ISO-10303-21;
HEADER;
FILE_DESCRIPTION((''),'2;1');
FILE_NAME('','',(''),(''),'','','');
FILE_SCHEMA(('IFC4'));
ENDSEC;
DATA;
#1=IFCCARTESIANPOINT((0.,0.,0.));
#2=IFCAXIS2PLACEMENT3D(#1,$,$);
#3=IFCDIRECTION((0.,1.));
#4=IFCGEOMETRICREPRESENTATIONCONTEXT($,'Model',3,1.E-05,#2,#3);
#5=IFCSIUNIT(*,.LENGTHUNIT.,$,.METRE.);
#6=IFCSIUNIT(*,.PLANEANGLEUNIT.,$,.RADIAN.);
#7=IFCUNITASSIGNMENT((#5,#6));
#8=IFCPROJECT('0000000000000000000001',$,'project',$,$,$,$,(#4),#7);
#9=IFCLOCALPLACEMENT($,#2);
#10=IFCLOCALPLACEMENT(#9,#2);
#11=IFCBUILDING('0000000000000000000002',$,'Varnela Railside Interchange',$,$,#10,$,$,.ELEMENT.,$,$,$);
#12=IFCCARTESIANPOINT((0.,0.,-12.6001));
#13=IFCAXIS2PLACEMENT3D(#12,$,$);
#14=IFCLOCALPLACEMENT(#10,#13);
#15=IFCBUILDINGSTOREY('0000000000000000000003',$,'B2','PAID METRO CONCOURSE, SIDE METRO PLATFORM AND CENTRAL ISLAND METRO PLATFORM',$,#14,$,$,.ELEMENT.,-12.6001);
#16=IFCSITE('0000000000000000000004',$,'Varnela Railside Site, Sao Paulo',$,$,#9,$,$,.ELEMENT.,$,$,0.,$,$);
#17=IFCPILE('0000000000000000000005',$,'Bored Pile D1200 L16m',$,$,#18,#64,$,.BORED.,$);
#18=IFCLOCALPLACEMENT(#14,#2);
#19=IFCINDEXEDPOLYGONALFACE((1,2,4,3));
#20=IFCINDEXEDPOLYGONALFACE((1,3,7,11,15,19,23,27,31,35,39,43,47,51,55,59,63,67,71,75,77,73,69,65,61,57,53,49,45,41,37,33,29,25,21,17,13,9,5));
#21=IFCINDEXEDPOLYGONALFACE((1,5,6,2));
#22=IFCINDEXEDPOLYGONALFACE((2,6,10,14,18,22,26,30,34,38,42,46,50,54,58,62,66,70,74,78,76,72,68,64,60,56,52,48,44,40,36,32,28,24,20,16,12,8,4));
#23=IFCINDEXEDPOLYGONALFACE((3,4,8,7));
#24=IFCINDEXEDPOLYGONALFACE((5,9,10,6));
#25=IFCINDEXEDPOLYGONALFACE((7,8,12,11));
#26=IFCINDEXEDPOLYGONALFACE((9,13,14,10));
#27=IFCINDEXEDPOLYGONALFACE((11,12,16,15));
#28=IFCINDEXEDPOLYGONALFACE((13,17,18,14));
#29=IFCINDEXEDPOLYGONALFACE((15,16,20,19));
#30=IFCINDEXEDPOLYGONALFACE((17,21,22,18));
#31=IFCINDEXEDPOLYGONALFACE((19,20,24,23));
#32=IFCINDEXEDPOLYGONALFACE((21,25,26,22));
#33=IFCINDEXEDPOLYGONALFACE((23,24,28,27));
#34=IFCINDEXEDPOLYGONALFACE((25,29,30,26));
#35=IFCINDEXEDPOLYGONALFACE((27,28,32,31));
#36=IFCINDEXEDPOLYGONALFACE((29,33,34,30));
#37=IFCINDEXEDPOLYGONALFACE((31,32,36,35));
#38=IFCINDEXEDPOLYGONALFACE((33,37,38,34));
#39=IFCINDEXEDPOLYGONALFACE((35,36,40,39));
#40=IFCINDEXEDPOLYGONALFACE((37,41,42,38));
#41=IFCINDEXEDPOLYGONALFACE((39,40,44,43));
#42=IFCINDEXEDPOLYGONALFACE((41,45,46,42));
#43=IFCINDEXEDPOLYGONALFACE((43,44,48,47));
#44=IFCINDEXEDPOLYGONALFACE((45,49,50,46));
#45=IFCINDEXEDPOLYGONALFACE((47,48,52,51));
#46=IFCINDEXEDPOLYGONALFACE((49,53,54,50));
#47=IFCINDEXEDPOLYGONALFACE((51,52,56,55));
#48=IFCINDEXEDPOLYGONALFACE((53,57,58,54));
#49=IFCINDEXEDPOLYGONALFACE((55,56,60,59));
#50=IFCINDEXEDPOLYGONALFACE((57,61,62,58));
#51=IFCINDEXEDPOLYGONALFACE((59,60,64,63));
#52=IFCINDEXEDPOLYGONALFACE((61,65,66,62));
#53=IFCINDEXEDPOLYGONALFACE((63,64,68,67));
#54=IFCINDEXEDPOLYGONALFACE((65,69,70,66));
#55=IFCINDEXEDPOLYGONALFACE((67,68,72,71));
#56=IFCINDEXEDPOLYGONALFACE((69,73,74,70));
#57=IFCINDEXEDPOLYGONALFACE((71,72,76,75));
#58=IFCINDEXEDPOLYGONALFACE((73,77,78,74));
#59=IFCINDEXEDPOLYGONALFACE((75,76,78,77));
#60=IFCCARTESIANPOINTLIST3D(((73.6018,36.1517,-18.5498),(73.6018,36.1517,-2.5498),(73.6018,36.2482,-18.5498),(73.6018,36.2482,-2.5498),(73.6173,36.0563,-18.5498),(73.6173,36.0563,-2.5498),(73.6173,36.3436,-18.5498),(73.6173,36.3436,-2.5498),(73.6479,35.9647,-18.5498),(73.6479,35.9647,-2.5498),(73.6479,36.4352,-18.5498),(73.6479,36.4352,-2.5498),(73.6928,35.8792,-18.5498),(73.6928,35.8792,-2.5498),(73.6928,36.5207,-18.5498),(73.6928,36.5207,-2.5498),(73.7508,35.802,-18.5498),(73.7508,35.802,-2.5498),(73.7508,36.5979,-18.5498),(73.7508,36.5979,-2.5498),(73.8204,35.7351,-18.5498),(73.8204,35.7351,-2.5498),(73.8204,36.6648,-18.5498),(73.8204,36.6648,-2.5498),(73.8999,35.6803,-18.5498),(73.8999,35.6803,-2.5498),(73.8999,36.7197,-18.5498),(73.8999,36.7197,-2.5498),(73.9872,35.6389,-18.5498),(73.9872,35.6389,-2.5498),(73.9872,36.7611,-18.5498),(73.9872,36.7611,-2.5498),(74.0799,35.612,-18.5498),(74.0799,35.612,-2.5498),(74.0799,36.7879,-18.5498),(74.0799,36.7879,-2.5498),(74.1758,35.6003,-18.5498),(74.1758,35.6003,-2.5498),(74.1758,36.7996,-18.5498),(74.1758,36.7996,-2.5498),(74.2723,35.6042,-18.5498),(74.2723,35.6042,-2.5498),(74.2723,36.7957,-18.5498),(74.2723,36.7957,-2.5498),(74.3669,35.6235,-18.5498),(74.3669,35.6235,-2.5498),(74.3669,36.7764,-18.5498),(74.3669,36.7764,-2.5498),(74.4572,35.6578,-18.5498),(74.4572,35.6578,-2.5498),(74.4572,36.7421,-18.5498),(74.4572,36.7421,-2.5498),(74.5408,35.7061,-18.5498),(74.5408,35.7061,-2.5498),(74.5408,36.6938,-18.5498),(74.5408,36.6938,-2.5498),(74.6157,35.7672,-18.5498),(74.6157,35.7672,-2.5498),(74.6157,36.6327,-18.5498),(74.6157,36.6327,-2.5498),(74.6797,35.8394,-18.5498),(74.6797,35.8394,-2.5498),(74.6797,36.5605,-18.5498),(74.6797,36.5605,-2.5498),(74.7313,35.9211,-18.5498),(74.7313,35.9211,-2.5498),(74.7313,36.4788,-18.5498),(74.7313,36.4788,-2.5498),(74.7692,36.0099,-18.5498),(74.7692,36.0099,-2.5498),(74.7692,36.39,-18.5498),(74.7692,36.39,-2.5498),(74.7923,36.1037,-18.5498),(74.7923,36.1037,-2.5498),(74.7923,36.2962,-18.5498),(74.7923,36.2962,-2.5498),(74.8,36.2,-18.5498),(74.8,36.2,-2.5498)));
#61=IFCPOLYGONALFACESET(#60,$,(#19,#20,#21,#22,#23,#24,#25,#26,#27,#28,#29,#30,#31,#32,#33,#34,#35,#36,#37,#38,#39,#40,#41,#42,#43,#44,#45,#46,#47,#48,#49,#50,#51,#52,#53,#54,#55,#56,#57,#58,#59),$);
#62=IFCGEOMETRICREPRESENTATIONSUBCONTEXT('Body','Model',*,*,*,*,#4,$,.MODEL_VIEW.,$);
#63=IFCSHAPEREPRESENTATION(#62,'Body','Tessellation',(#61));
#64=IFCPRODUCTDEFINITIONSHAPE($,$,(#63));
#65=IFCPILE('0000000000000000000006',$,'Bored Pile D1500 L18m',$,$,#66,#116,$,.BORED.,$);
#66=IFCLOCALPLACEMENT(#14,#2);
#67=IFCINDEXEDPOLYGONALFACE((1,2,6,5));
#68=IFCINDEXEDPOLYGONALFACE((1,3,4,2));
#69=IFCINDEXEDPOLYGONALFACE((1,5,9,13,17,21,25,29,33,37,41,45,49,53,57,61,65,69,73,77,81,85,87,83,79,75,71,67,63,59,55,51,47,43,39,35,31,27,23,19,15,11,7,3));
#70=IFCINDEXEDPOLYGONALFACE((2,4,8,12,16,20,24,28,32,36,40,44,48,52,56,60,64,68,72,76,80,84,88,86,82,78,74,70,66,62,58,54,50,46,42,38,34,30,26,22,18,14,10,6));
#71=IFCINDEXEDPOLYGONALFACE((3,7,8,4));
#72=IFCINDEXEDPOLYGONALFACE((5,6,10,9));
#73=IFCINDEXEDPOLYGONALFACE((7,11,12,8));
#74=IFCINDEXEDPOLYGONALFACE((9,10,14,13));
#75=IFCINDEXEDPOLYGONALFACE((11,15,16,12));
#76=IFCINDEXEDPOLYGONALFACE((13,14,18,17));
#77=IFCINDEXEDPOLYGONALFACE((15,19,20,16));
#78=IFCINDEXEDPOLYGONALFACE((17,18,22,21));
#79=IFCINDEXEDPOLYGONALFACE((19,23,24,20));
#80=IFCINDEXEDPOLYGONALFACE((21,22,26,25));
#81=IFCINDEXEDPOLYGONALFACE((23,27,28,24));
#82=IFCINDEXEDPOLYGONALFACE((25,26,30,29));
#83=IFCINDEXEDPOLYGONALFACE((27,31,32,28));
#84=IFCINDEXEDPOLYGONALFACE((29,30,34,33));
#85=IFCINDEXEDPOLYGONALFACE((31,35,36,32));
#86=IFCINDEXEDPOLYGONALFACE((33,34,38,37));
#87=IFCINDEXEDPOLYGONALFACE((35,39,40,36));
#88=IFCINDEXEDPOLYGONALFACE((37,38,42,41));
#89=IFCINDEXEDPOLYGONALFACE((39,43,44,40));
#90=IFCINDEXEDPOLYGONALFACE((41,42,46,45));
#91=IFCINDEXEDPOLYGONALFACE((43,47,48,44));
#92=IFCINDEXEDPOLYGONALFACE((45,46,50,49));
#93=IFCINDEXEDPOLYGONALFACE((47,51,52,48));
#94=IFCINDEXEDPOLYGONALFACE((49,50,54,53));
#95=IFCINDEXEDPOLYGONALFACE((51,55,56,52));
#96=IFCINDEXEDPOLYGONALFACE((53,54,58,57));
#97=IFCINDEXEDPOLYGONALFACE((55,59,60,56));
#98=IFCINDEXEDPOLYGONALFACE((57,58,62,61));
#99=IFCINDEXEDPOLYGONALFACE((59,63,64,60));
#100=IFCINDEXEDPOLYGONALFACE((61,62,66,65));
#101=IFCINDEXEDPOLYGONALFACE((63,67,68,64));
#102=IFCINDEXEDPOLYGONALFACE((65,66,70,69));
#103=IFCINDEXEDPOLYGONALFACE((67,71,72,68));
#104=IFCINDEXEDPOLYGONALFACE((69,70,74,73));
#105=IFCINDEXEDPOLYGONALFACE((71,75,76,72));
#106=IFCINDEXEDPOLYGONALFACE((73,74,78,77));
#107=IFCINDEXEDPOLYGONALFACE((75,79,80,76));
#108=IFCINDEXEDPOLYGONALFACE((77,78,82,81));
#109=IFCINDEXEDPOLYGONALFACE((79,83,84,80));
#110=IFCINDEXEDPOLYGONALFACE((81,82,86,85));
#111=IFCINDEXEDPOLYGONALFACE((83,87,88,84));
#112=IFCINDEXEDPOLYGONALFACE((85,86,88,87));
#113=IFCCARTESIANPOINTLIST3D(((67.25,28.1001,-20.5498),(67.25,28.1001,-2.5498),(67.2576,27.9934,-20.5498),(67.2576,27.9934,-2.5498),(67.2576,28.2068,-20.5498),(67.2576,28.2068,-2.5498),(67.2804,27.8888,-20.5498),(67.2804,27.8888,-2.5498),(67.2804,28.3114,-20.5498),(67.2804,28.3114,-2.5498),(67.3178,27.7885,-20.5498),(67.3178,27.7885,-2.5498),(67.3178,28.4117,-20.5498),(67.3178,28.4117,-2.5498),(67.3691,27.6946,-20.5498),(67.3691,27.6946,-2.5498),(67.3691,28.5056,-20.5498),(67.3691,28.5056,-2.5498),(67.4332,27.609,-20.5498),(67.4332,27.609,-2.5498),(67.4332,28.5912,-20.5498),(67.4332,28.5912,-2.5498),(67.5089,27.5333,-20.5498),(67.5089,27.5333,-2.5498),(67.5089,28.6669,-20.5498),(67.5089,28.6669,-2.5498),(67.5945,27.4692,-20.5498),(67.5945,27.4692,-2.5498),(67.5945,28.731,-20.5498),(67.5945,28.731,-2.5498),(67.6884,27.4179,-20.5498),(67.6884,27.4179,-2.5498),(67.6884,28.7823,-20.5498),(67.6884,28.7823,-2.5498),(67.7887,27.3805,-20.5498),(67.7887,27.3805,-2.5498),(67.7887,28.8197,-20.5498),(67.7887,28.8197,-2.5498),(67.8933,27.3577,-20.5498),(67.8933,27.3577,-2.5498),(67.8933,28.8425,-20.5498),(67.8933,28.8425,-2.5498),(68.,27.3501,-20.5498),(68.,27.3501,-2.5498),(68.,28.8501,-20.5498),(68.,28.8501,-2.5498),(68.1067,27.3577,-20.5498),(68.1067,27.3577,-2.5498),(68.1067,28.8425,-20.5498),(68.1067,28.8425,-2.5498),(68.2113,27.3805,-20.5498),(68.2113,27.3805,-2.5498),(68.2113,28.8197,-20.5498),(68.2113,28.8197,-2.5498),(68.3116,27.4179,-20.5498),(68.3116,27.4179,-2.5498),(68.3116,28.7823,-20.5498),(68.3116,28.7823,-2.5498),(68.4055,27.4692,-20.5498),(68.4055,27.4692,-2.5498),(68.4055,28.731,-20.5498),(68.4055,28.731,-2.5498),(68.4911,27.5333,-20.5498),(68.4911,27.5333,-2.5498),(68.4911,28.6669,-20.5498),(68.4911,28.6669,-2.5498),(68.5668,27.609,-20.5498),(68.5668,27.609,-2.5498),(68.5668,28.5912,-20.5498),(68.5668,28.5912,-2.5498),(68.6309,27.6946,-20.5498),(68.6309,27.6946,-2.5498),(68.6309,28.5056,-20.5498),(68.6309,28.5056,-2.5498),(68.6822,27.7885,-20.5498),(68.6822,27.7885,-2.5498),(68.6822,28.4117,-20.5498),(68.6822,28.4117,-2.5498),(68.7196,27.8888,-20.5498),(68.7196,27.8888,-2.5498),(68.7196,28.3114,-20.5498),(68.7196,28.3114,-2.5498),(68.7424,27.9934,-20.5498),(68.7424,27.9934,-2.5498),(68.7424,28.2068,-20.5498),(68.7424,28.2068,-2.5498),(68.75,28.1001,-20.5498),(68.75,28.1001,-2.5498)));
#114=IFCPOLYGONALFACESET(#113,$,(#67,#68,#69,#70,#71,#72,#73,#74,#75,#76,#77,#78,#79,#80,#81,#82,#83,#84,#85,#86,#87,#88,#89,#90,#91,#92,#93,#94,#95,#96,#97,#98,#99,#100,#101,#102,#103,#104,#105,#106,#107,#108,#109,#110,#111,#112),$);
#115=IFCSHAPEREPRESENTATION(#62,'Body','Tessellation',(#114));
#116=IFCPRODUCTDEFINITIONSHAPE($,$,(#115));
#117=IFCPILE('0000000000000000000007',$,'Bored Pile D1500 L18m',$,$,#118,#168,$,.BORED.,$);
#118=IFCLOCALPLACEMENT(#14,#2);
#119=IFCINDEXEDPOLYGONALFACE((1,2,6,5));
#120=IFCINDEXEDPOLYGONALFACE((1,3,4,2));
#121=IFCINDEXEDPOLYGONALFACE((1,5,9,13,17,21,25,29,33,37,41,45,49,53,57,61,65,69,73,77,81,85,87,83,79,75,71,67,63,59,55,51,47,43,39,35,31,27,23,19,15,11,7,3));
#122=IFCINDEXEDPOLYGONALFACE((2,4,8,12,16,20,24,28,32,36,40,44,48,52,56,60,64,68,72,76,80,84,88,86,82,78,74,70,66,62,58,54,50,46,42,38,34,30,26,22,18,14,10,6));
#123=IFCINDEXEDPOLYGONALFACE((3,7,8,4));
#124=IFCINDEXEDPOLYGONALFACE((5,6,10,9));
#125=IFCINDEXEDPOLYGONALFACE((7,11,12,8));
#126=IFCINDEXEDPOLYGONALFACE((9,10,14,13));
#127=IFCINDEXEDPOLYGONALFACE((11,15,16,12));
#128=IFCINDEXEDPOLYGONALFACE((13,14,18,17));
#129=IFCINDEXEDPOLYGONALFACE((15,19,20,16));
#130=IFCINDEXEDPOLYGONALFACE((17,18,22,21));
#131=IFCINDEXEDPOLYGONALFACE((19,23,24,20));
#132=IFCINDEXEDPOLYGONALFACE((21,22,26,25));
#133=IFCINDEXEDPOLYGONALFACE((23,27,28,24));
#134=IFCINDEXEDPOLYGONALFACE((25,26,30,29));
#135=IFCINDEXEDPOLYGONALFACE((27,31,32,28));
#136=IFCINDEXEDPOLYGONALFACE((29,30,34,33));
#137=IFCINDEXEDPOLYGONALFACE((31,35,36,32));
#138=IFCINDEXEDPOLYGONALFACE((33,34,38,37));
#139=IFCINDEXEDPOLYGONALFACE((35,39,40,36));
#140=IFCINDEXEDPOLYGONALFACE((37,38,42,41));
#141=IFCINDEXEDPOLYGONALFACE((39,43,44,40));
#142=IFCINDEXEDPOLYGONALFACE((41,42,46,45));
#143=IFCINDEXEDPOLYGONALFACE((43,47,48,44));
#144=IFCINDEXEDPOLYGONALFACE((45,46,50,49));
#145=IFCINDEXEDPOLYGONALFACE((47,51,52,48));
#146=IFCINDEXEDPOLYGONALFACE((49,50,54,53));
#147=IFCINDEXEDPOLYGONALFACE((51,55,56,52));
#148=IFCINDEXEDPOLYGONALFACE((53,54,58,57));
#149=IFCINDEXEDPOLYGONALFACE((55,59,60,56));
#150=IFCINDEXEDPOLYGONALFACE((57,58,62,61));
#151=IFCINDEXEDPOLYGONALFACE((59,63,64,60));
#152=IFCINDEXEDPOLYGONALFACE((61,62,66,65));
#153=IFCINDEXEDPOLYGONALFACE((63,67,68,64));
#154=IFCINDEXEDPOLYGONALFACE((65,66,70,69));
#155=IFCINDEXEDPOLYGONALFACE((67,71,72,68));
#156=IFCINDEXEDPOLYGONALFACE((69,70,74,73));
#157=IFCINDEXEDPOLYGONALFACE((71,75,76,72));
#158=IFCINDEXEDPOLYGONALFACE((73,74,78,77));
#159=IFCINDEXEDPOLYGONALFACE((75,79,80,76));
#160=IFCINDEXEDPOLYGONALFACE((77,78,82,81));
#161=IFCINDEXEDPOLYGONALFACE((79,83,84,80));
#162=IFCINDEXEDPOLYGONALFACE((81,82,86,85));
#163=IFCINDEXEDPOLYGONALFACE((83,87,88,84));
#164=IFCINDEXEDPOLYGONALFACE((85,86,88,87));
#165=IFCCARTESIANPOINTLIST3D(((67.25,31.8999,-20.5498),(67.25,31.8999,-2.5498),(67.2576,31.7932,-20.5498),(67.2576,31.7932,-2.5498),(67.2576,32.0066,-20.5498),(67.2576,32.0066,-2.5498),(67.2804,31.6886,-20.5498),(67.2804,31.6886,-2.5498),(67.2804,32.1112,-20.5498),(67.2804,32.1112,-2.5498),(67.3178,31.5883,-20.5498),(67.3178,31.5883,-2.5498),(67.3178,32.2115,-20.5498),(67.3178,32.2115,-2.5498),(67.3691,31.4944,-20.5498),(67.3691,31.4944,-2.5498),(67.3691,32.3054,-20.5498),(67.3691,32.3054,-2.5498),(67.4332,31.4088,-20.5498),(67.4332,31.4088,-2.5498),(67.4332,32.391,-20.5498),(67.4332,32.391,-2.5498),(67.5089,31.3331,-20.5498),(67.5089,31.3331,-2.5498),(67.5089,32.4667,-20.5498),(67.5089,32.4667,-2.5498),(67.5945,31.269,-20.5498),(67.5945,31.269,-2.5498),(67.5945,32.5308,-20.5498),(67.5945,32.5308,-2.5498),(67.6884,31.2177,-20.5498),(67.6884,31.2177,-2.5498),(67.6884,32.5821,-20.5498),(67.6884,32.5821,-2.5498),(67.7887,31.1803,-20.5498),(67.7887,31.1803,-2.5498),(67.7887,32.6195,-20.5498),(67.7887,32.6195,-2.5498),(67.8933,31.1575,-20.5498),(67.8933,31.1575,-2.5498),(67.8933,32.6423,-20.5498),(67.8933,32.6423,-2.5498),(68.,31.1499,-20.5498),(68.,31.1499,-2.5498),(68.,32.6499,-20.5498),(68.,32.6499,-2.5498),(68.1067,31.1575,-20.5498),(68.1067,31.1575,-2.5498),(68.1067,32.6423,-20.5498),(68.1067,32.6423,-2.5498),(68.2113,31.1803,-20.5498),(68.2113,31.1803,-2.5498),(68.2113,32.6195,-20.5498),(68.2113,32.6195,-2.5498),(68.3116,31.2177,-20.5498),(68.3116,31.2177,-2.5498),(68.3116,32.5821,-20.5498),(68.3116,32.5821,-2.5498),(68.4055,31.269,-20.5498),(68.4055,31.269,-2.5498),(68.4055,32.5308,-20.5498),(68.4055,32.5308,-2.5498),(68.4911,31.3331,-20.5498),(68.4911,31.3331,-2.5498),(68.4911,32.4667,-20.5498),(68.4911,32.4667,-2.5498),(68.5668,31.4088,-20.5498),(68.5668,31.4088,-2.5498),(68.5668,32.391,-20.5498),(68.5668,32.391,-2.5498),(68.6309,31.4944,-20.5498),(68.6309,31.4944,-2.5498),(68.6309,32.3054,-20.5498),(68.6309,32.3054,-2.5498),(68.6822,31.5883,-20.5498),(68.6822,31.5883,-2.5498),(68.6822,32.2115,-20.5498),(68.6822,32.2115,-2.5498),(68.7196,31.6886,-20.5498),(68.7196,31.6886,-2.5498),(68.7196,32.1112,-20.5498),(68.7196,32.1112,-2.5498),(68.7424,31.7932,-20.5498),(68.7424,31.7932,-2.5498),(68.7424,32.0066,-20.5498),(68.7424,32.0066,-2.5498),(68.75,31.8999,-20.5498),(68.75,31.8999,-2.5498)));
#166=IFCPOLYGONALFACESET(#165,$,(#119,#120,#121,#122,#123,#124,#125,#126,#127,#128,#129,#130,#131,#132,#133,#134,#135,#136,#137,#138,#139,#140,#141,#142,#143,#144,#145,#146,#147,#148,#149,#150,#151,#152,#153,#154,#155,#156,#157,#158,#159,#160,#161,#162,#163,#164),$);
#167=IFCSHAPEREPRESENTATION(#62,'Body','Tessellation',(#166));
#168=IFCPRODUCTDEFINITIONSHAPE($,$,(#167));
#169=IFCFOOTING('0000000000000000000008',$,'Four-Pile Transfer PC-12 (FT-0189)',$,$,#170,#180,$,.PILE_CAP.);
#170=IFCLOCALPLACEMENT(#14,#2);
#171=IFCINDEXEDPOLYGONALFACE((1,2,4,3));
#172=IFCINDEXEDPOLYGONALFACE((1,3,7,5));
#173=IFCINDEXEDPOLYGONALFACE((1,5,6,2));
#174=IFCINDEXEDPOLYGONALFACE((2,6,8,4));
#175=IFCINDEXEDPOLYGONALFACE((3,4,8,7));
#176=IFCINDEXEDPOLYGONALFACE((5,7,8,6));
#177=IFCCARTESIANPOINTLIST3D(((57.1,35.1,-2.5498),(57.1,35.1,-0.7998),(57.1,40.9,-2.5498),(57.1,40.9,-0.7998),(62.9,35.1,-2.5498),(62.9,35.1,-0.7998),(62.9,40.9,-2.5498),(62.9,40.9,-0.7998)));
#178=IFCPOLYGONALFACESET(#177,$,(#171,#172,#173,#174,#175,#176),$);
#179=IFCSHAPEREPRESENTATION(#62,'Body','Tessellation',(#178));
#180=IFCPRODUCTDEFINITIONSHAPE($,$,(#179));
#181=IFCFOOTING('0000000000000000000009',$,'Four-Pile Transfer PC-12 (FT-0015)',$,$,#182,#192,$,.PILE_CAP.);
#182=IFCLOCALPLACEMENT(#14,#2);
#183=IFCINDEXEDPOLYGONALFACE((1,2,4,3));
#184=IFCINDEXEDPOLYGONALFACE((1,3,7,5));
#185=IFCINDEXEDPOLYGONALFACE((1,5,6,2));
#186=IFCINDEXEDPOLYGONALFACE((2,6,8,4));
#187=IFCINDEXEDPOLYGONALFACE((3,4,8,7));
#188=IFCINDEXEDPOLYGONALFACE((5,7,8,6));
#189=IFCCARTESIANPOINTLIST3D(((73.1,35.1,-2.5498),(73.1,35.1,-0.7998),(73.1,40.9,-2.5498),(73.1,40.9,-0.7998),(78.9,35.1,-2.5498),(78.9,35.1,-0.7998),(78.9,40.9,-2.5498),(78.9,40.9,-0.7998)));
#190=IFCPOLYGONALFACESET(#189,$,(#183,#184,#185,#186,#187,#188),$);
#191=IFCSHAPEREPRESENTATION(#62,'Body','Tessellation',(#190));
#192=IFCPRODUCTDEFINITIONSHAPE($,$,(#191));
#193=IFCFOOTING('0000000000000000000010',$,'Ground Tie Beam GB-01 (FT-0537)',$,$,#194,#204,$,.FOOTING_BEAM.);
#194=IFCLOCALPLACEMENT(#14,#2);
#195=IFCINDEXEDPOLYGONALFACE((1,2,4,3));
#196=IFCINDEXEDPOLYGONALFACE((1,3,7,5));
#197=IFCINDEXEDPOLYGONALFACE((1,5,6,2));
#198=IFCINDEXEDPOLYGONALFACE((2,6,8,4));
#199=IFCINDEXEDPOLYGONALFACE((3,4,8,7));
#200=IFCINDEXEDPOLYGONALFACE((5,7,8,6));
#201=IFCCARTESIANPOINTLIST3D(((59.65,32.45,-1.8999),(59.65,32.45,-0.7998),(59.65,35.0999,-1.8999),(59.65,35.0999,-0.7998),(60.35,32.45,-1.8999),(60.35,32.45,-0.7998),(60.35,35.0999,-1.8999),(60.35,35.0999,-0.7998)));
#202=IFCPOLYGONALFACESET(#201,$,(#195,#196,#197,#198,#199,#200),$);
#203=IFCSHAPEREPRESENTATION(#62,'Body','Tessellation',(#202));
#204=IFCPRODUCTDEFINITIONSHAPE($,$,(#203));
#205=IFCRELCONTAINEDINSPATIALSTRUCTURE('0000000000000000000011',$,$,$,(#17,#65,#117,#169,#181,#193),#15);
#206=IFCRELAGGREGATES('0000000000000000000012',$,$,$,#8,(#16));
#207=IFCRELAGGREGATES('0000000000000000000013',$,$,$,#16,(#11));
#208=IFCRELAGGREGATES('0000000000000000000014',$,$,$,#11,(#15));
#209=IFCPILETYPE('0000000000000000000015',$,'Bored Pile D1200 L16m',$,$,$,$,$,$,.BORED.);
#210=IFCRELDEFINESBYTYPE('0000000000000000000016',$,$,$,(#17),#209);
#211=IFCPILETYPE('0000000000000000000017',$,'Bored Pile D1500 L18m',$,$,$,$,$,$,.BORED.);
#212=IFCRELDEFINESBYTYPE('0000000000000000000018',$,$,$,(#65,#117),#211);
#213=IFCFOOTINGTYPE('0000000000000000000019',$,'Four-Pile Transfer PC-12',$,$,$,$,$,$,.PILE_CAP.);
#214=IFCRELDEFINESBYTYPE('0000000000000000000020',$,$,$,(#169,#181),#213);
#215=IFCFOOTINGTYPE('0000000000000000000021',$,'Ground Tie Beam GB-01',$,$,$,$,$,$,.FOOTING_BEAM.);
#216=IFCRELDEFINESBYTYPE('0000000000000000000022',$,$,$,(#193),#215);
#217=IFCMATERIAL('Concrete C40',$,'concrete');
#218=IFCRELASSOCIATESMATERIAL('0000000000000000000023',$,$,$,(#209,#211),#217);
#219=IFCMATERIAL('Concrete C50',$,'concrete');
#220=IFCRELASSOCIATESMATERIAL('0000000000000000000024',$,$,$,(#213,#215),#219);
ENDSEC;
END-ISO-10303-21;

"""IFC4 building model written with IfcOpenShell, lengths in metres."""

from ifc_helpers import new_model, si_unit, direction, frame, origin, origin_2d, place, context, subcontext, project, spatial, rectangle, circle, extrude, material, material_profile, profile_set, type_object, element, save


model = new_model("IFC4")

# Units and contexts
model_context = context("Model", 3, precision=1e-05, world=origin(), true_north=direction((0.0, 1.0)))
body_context = subcontext(model_context, "Body", "Model", "MODEL_VIEW")
ifc_project = project(units=[si_unit("LENGTHUNIT", "METRE"), si_unit("PLANEANGLEUNIT", "RADIAN")], contexts=[model_context])

# Site, building, storey
site_placement = place(None, origin())
site = spatial("IfcSite", under=ifc_project, at=site_placement, Name="Varnela Railside Site, Sao Paulo", CompositionType="ELEMENT", RefElevation=0.0)
building_placement = place(site_placement, origin())
building = spatial("IfcBuilding", under=site, at=building_placement, Name="Varnela Railside Interchange", CompositionType="ELEMENT")
storey_placement = place(building_placement, frame((0.0, 0.0, -12.6001)))
storey = spatial("IfcBuildingStorey", under=building, at=storey_placement, Name="B2", Description="PAID METRO CONCOURSE, SIDE METRO PLATFORM AND CENTRAL ISLAND METRO PLATFORM", CompositionType="ELEMENT", Elevation=-12.6001)

# Piles
ifc_material_1 = material(Name="Concrete C40", Category="concrete")
ifc_material_profile_1 = material_profile(ifc_material_1, circle(Radius=0.6001, at=origin_2d()), Name="BORED PILE D1200")
ifc_profile_set_1 = profile_set([ifc_material_profile_1], Name="Concrete C40")
pile_type_1 = type_object("IfcPileType", Name="Bored Pile D1200 L16m", PredefinedType="BORED", material=ifc_profile_set_1)
for number, where, z_axis, x_axis, name in (
    (1, (74.2, 36.2, -2.5498), (0.0, 0.0, -1.0), (1.0, 0.0, 0.0), "Bored Pile D1200 L16m"),
):
    element("IfcPile", number, at=place(storey_placement, frame(where, z_axis=z_axis, x_axis=x_axis)), inside=storey, type_object=pile_type_1, Name=name, PredefinedType="BORED", context=body_context, shape_type="SweptSolid", body=[
        extrude(circle(Radius=0.6001, at=origin_2d()), origin(), (0.0, 0.0, 1.0), 16.0),
    ])
ifc_material_profile_2 = material_profile(ifc_material_1, circle(Radius=0.75, at=origin_2d()), Name="BORED PILE D1500")
ifc_profile_set_2 = profile_set([ifc_material_profile_2], Name="Concrete C40")
pile_type_2 = type_object("IfcPileType", Name="Bored Pile D1500 L18m", PredefinedType="BORED", material=ifc_profile_set_2)
for number, where, z_axis, x_axis, name in (
    (2, (68.0, 28.1001, -2.5498), (0.0, 0.0, -1.0), (1.0, 0.0, 0.0), "Bored Pile D1500 L18m"),
    (3, (68.0, 31.8999, -2.5498), (0.0, 0.0, -1.0), (1.0, 0.0, 0.0), "Bored Pile D1500 L18m"),
):
    element("IfcPile", number, at=place(storey_placement, frame(where, z_axis=z_axis, x_axis=x_axis)), inside=storey, type_object=pile_type_2, Name=name, PredefinedType="BORED", context=body_context, shape_type="SweptSolid", body=[
        extrude(circle(Radius=0.75, at=origin_2d()), origin(), (0.0, 0.0, 1.0), 18.0),
    ])

# Footings
ifc_material_2 = material(Name="Concrete C50", Category="concrete")
footing_type_1 = type_object("IfcFootingType", Name="Four-Pile Transfer PC-12", PredefinedType="PILE_CAP", material=ifc_material_2)
for number, where, z_axis, x_axis, name in (
    (4, (60.0, 38.0, -2.5498), (0.0, 0.0, 1.0), (1.0, 0.0, 0.0), "Four-Pile Transfer PC-12 (FT-0189)"),
    (5, (76.0, 38.0, -2.5498), (0.0, 0.0, 1.0), (1.0, 0.0, 0.0), "Four-Pile Transfer PC-12 (FT-0015)"),
):
    element("IfcFooting", number, at=place(storey_placement, frame(where, z_axis=z_axis, x_axis=x_axis)), inside=storey, type_object=footing_type_1, Name=name, PredefinedType="PILE_CAP", context=body_context, shape_type="SweptSolid", body=[
        extrude(rectangle(XDim=5.8, YDim=5.8, at=origin_2d()), origin(), (0.0, 0.0, 1.0), 1.75),
    ])
footing_type_2 = type_object("IfcFootingType", Name="Ground Tie Beam GB-01", PredefinedType="FOOTING_BEAM", material=ifc_material_2)
footing_1_placement = place(storey_placement, frame((60.0, 33.7749, -1.8999), z_axis=(0.0, 0.0, 1.0), x_axis=(1.0, 0.0, 0.0)))
element("IfcFooting", 6, at=footing_1_placement, inside=storey, type_object=footing_type_2, Name="Ground Tie Beam GB-01 (FT-0537)", PredefinedType="FOOTING_BEAM", context=body_context, shape_type="SweptSolid", body=[
    extrude(rectangle(XDim=0.7, YDim=2.6499, at=origin_2d()), origin(), (0.0, 0.0, 1.0), 1.1001),
])

save(model, "model.ifc")
